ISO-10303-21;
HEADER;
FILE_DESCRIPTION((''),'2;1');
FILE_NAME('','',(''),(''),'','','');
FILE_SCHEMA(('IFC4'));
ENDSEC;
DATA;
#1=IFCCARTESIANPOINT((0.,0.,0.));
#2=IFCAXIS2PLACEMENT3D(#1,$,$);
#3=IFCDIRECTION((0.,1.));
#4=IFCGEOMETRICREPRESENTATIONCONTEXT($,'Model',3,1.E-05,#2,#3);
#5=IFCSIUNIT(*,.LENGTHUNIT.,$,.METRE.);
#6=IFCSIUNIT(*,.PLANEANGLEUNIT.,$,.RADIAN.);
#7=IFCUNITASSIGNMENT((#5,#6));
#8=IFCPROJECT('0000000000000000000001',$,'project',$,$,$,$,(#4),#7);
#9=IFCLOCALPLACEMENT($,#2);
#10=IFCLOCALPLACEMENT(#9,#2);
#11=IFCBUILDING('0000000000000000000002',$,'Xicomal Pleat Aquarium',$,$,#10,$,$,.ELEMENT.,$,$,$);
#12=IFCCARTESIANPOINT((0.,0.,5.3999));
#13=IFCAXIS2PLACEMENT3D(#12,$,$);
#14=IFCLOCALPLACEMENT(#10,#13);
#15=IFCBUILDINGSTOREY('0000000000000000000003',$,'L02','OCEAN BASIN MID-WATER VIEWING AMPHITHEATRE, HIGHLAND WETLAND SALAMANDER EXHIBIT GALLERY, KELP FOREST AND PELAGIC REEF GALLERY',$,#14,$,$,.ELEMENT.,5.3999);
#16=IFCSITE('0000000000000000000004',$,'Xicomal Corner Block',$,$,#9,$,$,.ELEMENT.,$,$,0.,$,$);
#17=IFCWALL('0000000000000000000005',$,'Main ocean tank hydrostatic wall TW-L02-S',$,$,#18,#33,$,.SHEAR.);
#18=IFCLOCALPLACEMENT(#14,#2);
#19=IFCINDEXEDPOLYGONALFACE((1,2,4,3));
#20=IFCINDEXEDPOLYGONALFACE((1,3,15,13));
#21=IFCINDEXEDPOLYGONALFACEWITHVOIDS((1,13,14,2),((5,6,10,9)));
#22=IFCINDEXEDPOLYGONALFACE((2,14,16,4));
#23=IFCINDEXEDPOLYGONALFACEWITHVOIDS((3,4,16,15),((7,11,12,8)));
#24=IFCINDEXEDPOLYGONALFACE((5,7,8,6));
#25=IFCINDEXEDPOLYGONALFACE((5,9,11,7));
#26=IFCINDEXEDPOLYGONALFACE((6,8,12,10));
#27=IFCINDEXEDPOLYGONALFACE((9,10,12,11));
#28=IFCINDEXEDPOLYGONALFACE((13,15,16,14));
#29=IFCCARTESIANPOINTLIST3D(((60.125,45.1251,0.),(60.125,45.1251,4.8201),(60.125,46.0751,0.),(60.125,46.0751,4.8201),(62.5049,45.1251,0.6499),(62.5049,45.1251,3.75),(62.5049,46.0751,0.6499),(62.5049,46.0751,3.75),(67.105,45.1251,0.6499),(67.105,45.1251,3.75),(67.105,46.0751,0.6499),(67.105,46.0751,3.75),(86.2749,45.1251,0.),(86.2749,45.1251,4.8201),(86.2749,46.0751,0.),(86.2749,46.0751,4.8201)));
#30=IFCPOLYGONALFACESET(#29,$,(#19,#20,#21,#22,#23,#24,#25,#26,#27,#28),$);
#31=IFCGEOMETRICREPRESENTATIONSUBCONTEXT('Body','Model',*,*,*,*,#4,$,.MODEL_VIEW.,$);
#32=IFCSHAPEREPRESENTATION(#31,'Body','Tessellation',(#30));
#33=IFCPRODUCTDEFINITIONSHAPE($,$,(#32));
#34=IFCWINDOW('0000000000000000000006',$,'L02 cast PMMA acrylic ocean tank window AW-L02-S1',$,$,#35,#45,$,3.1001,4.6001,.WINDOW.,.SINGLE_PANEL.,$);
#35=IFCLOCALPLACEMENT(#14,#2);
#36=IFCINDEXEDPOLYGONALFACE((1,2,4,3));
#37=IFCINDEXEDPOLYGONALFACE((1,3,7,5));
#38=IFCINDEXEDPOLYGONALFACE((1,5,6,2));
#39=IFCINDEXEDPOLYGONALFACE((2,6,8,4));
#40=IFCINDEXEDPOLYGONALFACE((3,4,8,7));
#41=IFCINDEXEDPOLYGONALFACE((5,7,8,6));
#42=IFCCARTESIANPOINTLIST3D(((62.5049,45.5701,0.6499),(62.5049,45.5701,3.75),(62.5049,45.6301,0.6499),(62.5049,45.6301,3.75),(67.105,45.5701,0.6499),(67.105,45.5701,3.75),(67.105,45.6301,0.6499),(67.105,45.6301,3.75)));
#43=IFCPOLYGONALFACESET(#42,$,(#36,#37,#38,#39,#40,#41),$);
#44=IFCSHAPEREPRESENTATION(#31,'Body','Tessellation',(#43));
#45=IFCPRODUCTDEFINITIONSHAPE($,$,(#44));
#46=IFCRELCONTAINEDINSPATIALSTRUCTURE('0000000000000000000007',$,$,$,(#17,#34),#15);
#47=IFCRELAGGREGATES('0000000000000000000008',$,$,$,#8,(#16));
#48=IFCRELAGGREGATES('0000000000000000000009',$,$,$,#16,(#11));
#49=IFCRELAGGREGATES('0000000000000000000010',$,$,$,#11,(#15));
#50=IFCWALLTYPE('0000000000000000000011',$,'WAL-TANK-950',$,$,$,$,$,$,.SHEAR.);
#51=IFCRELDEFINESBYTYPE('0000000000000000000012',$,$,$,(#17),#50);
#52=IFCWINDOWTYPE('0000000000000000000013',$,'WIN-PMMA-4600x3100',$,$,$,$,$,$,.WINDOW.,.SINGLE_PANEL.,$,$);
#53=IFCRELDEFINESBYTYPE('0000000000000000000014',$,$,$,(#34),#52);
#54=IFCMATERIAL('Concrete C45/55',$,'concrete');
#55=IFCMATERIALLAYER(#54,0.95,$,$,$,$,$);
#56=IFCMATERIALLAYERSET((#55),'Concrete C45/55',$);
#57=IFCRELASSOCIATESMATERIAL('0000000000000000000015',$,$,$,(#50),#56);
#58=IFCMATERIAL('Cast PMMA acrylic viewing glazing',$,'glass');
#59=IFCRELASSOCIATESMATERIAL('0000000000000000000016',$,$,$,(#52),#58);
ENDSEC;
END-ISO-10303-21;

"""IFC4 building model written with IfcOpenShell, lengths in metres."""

from ifc_helpers import new_model, si_unit, direction, frame, frame_2d, origin, place, context, subcontext, project, spatial, rectangle, extrude, material, layer, layer_set, type_object, element, fill, save


model = new_model("IFC4")

# Units and contexts
model_context = context("Model", 3, precision=1e-05, world=origin(), true_north=direction((0.0, 1.0)))
body_context = subcontext(model_context, "Body", "Model", "MODEL_VIEW")
ifc_project = project(units=[si_unit("LENGTHUNIT", "METRE"), si_unit("PLANEANGLEUNIT", "RADIAN")], contexts=[model_context])

# Site, building, storey
site_placement = place(None, origin())
site = spatial("IfcSite", under=ifc_project, at=site_placement, Name="Xicomal Corner Block", CompositionType="ELEMENT", RefElevation=0.0)
building_placement = place(site_placement, origin())
building = spatial("IfcBuilding", under=site, at=building_placement, Name="Xicomal Pleat Aquarium", CompositionType="ELEMENT")
storey_placement = place(building_placement, frame((0.0, 0.0, 5.3999)))
storey = spatial("IfcBuildingStorey", under=building, at=storey_placement, Name="L02", Description="OCEAN BASIN MID-WATER VIEWING AMPHITHEATRE, HIGHLAND WETLAND SALAMANDER EXHIBIT GALLERY, KELP FOREST AND PELAGIC REEF GALLERY", CompositionType="ELEMENT", Elevation=5.3999)

# Wall, opening, window
ifc_material_1 = material(Name="Concrete C45/55", Category="concrete")
ifc_layer_1 = layer(ifc_material_1, 0.95)
ifc_layer_set_1 = layer_set([ifc_layer_1], Name="Concrete C45/55")
wall_type_1 = type_object("IfcWallType", Name="WAL-TANK-950", PredefinedType="SHEAR", material=ifc_layer_set_1)
wall_1_placement = place(storey_placement, frame((60.125, 45.6001, 0.0), z_axis=(0.0, 0.0, 1.0), x_axis=(1.0, 0.0, 0.0)))
wall_1 = element("IfcWall", 1, at=wall_1_placement, inside=storey, type_object=wall_type_1, Name="Main ocean tank hydrostatic wall TW-L02-S", PredefinedType="SHEAR", context=body_context, shape_type="SweptSolid", body=[
    extrude(rectangle(XDim=26.1499, YDim=0.95, at=frame_2d((13.075, 0.0))), origin(), (0.0, 0.0, 1.0), 4.8201),
])
opening_1_placement = place(wall_1_placement, frame((2.3799, 0.0, 0.6499)))
opening_1 = element("IfcOpeningElement", 2, at=opening_1_placement, cuts=wall_1, PredefinedType="OPENING", context=body_context, shape_type="SweptSolid", body=[
    extrude(rectangle(XDim=4.6001, YDim=3.1001, at=frame_2d((2.3, 1.55))), frame((0.0, 0.4849, 0.0), z_axis=(0.0, -1.0, 0.0), x_axis=(1.0, 0.0, 0.0)), (0.0, 0.0, 1.0), 0.97),
])
ifc_material_2 = material(Name="Cast PMMA acrylic viewing glazing", Category="glass")
window_type_1 = type_object("IfcWindowType", Name="WIN-PMMA-4600x3100", PartitioningType="SINGLE_PANEL", PredefinedType="WINDOW", material=ifc_material_2)
window_1_placement = place(opening_1_placement, origin())
window_1 = element("IfcWindow", 3, at=window_1_placement, inside=storey, type_object=window_type_1, Name="L02 cast PMMA acrylic ocean tank window AW-L02-S1", OverallHeight=3.1001, OverallWidth=4.6001, PartitioningType="SINGLE_PANEL", PredefinedType="WINDOW", context=body_context, shape_type="SweptSolid", body=[
    extrude(rectangle(XDim=4.6001, YDim=3.1001, at=frame_2d((2.3, 1.55))), frame((0.0, 0.03, 0.0), z_axis=(0.0, -1.0, 0.0), x_axis=(1.0, 0.0, 0.0)), (0.0, 0.0, 1.0), 0.0601),
])
fill(opening_1, window_1)

save(model, "model.ifc")
